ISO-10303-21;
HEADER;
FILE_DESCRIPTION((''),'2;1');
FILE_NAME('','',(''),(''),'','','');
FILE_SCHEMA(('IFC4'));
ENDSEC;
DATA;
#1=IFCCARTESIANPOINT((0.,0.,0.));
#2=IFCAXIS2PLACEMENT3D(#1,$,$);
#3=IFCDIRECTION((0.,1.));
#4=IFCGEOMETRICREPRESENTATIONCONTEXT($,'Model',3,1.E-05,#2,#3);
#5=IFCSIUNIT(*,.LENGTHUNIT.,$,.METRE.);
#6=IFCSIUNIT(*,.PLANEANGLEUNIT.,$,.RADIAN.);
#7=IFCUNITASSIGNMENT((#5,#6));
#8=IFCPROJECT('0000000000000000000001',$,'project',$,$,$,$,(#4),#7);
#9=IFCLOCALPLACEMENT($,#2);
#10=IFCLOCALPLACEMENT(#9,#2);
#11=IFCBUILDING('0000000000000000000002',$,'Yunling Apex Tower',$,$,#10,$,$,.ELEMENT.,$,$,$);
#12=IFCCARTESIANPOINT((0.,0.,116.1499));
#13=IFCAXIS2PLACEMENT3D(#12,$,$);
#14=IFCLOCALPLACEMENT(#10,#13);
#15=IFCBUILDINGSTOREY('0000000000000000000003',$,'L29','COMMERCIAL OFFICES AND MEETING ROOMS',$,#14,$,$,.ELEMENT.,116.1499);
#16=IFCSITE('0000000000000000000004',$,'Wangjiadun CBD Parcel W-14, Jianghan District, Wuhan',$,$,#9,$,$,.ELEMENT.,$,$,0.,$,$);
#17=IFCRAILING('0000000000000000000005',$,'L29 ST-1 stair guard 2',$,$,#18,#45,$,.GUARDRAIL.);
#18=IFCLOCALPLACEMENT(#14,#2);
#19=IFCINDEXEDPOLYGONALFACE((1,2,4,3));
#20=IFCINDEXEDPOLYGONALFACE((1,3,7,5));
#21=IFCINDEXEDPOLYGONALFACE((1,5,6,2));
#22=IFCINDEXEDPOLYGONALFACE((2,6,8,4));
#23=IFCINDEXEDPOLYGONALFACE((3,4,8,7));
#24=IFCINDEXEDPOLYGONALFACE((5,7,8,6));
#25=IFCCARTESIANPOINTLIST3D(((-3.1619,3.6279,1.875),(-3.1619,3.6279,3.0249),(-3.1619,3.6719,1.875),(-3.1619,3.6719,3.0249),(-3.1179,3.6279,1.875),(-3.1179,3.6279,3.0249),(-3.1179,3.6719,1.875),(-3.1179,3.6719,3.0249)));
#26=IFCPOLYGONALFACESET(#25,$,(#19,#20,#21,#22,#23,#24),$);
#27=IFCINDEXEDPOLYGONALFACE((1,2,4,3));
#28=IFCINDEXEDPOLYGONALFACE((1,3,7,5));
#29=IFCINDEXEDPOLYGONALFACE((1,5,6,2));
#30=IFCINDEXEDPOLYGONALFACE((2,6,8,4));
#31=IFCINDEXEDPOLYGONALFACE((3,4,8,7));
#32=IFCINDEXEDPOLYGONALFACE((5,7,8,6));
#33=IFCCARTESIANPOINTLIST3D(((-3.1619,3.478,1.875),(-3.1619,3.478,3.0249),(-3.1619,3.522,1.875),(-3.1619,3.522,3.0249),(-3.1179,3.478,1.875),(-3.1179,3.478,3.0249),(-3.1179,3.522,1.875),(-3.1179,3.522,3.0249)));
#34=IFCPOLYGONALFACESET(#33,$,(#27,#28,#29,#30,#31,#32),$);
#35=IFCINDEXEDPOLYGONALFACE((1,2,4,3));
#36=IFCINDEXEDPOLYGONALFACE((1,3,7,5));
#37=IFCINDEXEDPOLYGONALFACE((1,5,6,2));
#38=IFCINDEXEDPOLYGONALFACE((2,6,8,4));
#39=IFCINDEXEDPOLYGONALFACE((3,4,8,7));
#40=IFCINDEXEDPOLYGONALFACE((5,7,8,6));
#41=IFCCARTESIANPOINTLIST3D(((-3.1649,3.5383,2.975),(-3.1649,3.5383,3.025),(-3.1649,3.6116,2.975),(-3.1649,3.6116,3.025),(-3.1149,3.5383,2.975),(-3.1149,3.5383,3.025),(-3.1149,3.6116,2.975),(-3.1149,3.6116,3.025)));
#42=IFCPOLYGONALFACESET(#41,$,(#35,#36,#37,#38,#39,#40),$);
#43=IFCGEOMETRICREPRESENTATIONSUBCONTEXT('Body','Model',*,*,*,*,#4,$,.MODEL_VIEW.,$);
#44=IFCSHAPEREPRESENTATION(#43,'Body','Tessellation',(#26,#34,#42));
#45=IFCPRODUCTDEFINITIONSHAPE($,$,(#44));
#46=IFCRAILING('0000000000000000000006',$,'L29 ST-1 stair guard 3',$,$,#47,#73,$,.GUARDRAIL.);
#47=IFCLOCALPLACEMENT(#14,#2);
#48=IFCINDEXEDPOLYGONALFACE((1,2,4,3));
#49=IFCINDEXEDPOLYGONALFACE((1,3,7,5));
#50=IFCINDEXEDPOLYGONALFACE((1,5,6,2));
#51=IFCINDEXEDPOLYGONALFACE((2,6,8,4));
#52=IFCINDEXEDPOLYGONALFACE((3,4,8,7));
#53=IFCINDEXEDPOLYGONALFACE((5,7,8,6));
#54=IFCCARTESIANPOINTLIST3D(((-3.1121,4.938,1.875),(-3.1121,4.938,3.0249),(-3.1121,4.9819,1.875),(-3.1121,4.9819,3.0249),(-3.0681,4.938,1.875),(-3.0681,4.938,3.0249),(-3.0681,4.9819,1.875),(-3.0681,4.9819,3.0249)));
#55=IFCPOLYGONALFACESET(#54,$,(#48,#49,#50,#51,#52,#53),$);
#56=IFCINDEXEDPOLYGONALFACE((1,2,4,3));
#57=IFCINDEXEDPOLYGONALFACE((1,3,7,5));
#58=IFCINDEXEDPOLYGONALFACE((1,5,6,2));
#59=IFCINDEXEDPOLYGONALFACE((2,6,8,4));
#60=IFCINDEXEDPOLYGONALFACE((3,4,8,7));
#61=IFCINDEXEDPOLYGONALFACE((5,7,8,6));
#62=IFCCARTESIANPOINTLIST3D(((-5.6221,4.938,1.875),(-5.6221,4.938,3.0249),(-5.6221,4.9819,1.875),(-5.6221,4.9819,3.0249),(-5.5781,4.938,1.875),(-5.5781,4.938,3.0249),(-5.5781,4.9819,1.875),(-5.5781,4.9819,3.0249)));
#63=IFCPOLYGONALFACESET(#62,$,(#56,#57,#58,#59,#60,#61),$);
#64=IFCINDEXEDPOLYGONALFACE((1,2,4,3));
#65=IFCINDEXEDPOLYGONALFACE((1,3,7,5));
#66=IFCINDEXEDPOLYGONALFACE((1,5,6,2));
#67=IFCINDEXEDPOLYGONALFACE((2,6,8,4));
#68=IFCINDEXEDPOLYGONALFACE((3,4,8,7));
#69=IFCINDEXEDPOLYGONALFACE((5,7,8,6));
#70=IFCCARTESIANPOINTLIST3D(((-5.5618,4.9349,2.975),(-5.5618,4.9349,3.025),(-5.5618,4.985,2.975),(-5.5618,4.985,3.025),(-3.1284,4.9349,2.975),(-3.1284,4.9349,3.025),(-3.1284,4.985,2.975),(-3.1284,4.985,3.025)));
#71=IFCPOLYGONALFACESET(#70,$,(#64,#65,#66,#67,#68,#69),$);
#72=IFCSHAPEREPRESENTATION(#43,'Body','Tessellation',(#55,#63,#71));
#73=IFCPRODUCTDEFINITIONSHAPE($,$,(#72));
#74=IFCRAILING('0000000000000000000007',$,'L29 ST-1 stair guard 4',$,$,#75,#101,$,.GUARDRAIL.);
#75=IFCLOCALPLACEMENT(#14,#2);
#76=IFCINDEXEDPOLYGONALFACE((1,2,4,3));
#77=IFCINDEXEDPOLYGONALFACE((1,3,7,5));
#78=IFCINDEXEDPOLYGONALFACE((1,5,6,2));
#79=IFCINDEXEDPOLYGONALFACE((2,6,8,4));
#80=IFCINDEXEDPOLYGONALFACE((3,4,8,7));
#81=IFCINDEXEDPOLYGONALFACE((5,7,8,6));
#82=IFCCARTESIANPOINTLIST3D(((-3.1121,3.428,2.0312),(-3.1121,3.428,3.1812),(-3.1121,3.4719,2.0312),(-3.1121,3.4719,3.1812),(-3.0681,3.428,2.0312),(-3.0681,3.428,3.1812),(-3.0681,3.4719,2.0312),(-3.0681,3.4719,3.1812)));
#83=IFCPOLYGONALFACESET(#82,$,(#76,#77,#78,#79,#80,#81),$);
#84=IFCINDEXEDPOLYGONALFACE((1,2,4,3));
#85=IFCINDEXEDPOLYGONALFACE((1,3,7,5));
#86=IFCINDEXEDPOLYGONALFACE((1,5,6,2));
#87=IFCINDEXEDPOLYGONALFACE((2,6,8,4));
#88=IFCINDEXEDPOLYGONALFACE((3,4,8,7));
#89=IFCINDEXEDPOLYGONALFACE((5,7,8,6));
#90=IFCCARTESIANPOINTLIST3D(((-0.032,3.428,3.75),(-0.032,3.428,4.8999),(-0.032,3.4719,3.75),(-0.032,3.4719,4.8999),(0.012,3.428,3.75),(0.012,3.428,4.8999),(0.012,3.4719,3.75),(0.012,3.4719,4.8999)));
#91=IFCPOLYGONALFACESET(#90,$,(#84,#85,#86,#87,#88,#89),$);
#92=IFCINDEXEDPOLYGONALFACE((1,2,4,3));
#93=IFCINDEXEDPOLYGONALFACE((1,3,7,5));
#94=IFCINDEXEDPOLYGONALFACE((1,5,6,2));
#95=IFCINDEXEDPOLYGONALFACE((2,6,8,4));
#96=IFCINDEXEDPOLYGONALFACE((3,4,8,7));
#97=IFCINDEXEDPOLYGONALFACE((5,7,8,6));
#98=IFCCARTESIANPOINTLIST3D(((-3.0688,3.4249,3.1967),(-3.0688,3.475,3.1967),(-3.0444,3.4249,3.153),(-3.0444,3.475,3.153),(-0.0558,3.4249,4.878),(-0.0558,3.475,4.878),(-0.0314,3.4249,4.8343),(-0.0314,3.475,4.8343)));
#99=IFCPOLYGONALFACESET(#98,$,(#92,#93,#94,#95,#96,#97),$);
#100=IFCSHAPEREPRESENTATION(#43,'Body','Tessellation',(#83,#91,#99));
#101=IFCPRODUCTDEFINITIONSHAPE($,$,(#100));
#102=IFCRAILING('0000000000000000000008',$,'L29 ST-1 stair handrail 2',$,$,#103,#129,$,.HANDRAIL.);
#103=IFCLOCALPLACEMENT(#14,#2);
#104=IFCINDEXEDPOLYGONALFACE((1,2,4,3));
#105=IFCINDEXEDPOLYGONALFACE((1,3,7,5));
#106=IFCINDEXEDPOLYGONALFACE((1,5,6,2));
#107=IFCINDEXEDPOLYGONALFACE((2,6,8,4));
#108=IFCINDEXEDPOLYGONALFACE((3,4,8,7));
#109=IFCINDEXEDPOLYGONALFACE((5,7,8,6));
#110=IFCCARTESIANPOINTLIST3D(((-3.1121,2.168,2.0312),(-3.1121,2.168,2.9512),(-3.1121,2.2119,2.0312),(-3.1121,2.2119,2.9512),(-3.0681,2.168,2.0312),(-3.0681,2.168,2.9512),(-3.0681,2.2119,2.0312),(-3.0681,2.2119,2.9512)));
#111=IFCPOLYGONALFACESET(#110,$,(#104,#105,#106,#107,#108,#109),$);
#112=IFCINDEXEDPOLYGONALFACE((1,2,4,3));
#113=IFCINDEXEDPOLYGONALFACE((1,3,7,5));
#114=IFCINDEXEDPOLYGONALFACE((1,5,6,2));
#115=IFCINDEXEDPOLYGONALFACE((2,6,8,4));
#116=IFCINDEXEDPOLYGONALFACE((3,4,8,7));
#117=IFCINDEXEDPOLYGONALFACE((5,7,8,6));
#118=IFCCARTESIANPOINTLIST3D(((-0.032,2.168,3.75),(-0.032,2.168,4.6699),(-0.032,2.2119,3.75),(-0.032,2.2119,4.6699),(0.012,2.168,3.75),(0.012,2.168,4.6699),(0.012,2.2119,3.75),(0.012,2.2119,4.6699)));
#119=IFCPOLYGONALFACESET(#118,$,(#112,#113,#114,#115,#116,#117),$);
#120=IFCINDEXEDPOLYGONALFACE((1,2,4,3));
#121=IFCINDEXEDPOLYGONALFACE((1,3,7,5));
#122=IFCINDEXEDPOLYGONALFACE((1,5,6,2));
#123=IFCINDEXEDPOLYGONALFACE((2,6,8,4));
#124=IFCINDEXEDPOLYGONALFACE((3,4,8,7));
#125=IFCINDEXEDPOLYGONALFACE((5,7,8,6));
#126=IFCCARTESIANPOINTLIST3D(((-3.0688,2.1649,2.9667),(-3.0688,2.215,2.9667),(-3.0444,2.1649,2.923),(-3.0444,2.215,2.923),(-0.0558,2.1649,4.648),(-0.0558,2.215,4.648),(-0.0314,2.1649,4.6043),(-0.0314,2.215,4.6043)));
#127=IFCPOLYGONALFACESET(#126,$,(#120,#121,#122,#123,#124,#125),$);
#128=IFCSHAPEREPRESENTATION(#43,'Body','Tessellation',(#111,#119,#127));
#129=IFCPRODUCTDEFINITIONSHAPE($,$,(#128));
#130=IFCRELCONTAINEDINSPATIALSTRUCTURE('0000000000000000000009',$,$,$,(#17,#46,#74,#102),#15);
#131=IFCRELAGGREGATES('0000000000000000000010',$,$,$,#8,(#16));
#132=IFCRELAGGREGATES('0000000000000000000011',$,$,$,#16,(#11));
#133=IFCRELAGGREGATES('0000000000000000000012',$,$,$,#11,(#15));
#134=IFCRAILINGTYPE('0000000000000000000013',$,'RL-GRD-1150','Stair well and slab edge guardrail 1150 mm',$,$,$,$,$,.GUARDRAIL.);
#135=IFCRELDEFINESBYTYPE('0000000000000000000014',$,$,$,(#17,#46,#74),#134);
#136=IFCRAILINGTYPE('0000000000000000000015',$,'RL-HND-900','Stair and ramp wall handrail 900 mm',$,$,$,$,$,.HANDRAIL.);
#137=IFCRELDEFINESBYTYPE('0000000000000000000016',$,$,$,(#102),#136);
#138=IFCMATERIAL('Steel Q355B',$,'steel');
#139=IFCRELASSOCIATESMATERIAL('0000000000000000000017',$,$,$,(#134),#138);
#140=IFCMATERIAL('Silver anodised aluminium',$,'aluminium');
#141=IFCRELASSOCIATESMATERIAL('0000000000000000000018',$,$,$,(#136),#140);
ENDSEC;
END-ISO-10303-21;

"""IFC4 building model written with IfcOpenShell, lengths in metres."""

from ifc_helpers import new_model, si_unit, direction, frame, origin, origin_2d, place, context, subcontext, project, spatial, rectangle, extrude, material, type_object, element, save


model = new_model("IFC4")

# Units and contexts
model_context = context("Model", 3, precision=1e-05, world=origin(), true_north=direction((0.0, 1.0)))
body_context = subcontext(model_context, "Body", "Model", "MODEL_VIEW")
ifc_project = project(units=[si_unit("LENGTHUNIT", "METRE"), si_unit("PLANEANGLEUNIT", "RADIAN")], contexts=[model_context])

# Site, building, storey
site_placement = place(None, origin())
site = spatial("IfcSite", under=ifc_project, at=site_placement, Name="Wangjiadun CBD Parcel W-14, Jianghan District, Wuhan", CompositionType="ELEMENT", RefElevation=0.0)
building_placement = place(site_placement, origin())
building = spatial("IfcBuilding", under=site, at=building_placement, Name="Yunling Apex Tower", CompositionType="ELEMENT")
storey_placement = place(building_placement, frame((0.0, 0.0, 116.1499)))
storey = spatial("IfcBuildingStorey", under=building, at=storey_placement, Name="L29", Description="COMMERCIAL OFFICES AND MEETING ROOMS", CompositionType="ELEMENT", Elevation=116.1499)

# Shared definitions
ifc_material_1 = material(Name="Steel Q355B", Category="steel")

# Shared definitions
ifc_material_2 = material(Name="Silver anodised aluminium", Category="aluminium")

# Railings
railing_type_1 = type_object("IfcRailingType", Name="RL-GRD-1150", Description="Stair well and slab edge guardrail 1150 mm", PredefinedType="GUARDRAIL", material=ifc_material_1)
railing_1_placement = place(storey_placement, frame((-3.1399, 3.6499, 1.875)))
element("IfcRailing", 1, at=railing_1_placement, inside=storey, type_object=railing_type_1, Name="L29 ST-1 stair guard 2", PredefinedType="GUARDRAIL", context=body_context, shape_type="SweptSolid", body=[
    extrude(rectangle(XDim=0.0439, YDim=0.0439, at=origin_2d()), origin(), (0.0, 0.0, 1.0), 1.1499),
    extrude(rectangle(XDim=0.0439, YDim=0.0439, at=origin_2d()), frame((0.0, -0.1499, 0.0)), (0.0, 0.0, 1.0), 1.1499),
    extrude(rectangle(XDim=0.05, YDim=0.05, at=origin_2d()), frame((0.0, -0.0383, 1.125), z_axis=(0.0, -1.0, 0.0), x_axis=(1.0, 0.0, 0.0)), (0.0, 0.0, 1.0), 0.0732),
])
railing_2_placement = place(storey_placement, frame((-3.0901, 4.96, 1.875)))
element("IfcRailing", 2, at=railing_2_placement, inside=storey, type_object=railing_type_1, Name="L29 ST-1 stair guard 3", PredefinedType="GUARDRAIL", context=body_context, shape_type="SweptSolid", body=[
    extrude(rectangle(XDim=0.0439, YDim=0.0439, at=origin_2d()), origin(), (0.0, 0.0, 1.0), 1.1499),
    extrude(rectangle(XDim=0.0439, YDim=0.0439, at=origin_2d()), frame((-2.51, 0.0, 0.0)), (0.0, 0.0, 1.0), 1.1499),
    extrude(rectangle(XDim=0.05, YDim=0.05, at=origin_2d()), frame((-0.0383, 0.0, 1.125), z_axis=(-1.0, 0.0, 0.0), x_axis=(0.0, -1.0, 0.0)), (0.0, 0.0, 1.0), 2.4333),
])
railing_3_placement = place(storey_placement, frame((-3.0901, 3.45, 2.0312)))
element("IfcRailing", 3, at=railing_3_placement, inside=storey, type_object=railing_type_1, Name="L29 ST-1 stair guard 4", PredefinedType="GUARDRAIL", context=body_context, shape_type="SweptSolid", body=[
    extrude(rectangle(XDim=0.0439, YDim=0.0439, at=origin_2d()), origin(), (0.0, 0.0, 1.0), 1.1499),
    extrude(rectangle(XDim=0.0439, YDim=0.0439, at=origin_2d()), frame((3.0801, 0.0, 1.7188)), (0.0, 0.0, 1.0), 1.1499),
    extrude(rectangle(XDim=0.05, YDim=0.05, at=origin_2d()), frame((0.0334, 0.0, 1.1436), z_axis=(0.873242, 0.0, 0.487288), x_axis=(0.0, 1.0, 0.0)), (0.0, 0.0, 1.0), 3.4504),
])
railing_type_2 = type_object("IfcRailingType", Name="RL-HND-900", Description="Stair and ramp wall handrail 900 mm", PredefinedType="HANDRAIL", material=ifc_material_2)
railing_4_placement = place(storey_placement, frame((-3.0901, 2.1899, 2.0312)))
element("IfcRailing", 4, at=railing_4_placement, inside=storey, type_object=railing_type_2, Name="L29 ST-1 stair handrail 2", PredefinedType="HANDRAIL", context=body_context, shape_type="SweptSolid", body=[
    extrude(rectangle(XDim=0.0439, YDim=0.0439, at=origin_2d()), origin(), (0.0, 0.0, 1.0), 0.9199),
    extrude(rectangle(XDim=0.0439, YDim=0.0439, at=origin_2d()), frame((3.0801, 0.0, 1.7188)), (0.0, 0.0, 1.0), 0.9199),
    extrude(rectangle(XDim=0.05, YDim=0.05, at=origin_2d()), frame((0.0334, 0.0, 0.9136), z_axis=(0.873242, 0.0, 0.487288), x_axis=(0.0, 1.0, 0.0)), (0.0, 0.0, 1.0), 3.4504),
])

save(model, "model.ifc")
